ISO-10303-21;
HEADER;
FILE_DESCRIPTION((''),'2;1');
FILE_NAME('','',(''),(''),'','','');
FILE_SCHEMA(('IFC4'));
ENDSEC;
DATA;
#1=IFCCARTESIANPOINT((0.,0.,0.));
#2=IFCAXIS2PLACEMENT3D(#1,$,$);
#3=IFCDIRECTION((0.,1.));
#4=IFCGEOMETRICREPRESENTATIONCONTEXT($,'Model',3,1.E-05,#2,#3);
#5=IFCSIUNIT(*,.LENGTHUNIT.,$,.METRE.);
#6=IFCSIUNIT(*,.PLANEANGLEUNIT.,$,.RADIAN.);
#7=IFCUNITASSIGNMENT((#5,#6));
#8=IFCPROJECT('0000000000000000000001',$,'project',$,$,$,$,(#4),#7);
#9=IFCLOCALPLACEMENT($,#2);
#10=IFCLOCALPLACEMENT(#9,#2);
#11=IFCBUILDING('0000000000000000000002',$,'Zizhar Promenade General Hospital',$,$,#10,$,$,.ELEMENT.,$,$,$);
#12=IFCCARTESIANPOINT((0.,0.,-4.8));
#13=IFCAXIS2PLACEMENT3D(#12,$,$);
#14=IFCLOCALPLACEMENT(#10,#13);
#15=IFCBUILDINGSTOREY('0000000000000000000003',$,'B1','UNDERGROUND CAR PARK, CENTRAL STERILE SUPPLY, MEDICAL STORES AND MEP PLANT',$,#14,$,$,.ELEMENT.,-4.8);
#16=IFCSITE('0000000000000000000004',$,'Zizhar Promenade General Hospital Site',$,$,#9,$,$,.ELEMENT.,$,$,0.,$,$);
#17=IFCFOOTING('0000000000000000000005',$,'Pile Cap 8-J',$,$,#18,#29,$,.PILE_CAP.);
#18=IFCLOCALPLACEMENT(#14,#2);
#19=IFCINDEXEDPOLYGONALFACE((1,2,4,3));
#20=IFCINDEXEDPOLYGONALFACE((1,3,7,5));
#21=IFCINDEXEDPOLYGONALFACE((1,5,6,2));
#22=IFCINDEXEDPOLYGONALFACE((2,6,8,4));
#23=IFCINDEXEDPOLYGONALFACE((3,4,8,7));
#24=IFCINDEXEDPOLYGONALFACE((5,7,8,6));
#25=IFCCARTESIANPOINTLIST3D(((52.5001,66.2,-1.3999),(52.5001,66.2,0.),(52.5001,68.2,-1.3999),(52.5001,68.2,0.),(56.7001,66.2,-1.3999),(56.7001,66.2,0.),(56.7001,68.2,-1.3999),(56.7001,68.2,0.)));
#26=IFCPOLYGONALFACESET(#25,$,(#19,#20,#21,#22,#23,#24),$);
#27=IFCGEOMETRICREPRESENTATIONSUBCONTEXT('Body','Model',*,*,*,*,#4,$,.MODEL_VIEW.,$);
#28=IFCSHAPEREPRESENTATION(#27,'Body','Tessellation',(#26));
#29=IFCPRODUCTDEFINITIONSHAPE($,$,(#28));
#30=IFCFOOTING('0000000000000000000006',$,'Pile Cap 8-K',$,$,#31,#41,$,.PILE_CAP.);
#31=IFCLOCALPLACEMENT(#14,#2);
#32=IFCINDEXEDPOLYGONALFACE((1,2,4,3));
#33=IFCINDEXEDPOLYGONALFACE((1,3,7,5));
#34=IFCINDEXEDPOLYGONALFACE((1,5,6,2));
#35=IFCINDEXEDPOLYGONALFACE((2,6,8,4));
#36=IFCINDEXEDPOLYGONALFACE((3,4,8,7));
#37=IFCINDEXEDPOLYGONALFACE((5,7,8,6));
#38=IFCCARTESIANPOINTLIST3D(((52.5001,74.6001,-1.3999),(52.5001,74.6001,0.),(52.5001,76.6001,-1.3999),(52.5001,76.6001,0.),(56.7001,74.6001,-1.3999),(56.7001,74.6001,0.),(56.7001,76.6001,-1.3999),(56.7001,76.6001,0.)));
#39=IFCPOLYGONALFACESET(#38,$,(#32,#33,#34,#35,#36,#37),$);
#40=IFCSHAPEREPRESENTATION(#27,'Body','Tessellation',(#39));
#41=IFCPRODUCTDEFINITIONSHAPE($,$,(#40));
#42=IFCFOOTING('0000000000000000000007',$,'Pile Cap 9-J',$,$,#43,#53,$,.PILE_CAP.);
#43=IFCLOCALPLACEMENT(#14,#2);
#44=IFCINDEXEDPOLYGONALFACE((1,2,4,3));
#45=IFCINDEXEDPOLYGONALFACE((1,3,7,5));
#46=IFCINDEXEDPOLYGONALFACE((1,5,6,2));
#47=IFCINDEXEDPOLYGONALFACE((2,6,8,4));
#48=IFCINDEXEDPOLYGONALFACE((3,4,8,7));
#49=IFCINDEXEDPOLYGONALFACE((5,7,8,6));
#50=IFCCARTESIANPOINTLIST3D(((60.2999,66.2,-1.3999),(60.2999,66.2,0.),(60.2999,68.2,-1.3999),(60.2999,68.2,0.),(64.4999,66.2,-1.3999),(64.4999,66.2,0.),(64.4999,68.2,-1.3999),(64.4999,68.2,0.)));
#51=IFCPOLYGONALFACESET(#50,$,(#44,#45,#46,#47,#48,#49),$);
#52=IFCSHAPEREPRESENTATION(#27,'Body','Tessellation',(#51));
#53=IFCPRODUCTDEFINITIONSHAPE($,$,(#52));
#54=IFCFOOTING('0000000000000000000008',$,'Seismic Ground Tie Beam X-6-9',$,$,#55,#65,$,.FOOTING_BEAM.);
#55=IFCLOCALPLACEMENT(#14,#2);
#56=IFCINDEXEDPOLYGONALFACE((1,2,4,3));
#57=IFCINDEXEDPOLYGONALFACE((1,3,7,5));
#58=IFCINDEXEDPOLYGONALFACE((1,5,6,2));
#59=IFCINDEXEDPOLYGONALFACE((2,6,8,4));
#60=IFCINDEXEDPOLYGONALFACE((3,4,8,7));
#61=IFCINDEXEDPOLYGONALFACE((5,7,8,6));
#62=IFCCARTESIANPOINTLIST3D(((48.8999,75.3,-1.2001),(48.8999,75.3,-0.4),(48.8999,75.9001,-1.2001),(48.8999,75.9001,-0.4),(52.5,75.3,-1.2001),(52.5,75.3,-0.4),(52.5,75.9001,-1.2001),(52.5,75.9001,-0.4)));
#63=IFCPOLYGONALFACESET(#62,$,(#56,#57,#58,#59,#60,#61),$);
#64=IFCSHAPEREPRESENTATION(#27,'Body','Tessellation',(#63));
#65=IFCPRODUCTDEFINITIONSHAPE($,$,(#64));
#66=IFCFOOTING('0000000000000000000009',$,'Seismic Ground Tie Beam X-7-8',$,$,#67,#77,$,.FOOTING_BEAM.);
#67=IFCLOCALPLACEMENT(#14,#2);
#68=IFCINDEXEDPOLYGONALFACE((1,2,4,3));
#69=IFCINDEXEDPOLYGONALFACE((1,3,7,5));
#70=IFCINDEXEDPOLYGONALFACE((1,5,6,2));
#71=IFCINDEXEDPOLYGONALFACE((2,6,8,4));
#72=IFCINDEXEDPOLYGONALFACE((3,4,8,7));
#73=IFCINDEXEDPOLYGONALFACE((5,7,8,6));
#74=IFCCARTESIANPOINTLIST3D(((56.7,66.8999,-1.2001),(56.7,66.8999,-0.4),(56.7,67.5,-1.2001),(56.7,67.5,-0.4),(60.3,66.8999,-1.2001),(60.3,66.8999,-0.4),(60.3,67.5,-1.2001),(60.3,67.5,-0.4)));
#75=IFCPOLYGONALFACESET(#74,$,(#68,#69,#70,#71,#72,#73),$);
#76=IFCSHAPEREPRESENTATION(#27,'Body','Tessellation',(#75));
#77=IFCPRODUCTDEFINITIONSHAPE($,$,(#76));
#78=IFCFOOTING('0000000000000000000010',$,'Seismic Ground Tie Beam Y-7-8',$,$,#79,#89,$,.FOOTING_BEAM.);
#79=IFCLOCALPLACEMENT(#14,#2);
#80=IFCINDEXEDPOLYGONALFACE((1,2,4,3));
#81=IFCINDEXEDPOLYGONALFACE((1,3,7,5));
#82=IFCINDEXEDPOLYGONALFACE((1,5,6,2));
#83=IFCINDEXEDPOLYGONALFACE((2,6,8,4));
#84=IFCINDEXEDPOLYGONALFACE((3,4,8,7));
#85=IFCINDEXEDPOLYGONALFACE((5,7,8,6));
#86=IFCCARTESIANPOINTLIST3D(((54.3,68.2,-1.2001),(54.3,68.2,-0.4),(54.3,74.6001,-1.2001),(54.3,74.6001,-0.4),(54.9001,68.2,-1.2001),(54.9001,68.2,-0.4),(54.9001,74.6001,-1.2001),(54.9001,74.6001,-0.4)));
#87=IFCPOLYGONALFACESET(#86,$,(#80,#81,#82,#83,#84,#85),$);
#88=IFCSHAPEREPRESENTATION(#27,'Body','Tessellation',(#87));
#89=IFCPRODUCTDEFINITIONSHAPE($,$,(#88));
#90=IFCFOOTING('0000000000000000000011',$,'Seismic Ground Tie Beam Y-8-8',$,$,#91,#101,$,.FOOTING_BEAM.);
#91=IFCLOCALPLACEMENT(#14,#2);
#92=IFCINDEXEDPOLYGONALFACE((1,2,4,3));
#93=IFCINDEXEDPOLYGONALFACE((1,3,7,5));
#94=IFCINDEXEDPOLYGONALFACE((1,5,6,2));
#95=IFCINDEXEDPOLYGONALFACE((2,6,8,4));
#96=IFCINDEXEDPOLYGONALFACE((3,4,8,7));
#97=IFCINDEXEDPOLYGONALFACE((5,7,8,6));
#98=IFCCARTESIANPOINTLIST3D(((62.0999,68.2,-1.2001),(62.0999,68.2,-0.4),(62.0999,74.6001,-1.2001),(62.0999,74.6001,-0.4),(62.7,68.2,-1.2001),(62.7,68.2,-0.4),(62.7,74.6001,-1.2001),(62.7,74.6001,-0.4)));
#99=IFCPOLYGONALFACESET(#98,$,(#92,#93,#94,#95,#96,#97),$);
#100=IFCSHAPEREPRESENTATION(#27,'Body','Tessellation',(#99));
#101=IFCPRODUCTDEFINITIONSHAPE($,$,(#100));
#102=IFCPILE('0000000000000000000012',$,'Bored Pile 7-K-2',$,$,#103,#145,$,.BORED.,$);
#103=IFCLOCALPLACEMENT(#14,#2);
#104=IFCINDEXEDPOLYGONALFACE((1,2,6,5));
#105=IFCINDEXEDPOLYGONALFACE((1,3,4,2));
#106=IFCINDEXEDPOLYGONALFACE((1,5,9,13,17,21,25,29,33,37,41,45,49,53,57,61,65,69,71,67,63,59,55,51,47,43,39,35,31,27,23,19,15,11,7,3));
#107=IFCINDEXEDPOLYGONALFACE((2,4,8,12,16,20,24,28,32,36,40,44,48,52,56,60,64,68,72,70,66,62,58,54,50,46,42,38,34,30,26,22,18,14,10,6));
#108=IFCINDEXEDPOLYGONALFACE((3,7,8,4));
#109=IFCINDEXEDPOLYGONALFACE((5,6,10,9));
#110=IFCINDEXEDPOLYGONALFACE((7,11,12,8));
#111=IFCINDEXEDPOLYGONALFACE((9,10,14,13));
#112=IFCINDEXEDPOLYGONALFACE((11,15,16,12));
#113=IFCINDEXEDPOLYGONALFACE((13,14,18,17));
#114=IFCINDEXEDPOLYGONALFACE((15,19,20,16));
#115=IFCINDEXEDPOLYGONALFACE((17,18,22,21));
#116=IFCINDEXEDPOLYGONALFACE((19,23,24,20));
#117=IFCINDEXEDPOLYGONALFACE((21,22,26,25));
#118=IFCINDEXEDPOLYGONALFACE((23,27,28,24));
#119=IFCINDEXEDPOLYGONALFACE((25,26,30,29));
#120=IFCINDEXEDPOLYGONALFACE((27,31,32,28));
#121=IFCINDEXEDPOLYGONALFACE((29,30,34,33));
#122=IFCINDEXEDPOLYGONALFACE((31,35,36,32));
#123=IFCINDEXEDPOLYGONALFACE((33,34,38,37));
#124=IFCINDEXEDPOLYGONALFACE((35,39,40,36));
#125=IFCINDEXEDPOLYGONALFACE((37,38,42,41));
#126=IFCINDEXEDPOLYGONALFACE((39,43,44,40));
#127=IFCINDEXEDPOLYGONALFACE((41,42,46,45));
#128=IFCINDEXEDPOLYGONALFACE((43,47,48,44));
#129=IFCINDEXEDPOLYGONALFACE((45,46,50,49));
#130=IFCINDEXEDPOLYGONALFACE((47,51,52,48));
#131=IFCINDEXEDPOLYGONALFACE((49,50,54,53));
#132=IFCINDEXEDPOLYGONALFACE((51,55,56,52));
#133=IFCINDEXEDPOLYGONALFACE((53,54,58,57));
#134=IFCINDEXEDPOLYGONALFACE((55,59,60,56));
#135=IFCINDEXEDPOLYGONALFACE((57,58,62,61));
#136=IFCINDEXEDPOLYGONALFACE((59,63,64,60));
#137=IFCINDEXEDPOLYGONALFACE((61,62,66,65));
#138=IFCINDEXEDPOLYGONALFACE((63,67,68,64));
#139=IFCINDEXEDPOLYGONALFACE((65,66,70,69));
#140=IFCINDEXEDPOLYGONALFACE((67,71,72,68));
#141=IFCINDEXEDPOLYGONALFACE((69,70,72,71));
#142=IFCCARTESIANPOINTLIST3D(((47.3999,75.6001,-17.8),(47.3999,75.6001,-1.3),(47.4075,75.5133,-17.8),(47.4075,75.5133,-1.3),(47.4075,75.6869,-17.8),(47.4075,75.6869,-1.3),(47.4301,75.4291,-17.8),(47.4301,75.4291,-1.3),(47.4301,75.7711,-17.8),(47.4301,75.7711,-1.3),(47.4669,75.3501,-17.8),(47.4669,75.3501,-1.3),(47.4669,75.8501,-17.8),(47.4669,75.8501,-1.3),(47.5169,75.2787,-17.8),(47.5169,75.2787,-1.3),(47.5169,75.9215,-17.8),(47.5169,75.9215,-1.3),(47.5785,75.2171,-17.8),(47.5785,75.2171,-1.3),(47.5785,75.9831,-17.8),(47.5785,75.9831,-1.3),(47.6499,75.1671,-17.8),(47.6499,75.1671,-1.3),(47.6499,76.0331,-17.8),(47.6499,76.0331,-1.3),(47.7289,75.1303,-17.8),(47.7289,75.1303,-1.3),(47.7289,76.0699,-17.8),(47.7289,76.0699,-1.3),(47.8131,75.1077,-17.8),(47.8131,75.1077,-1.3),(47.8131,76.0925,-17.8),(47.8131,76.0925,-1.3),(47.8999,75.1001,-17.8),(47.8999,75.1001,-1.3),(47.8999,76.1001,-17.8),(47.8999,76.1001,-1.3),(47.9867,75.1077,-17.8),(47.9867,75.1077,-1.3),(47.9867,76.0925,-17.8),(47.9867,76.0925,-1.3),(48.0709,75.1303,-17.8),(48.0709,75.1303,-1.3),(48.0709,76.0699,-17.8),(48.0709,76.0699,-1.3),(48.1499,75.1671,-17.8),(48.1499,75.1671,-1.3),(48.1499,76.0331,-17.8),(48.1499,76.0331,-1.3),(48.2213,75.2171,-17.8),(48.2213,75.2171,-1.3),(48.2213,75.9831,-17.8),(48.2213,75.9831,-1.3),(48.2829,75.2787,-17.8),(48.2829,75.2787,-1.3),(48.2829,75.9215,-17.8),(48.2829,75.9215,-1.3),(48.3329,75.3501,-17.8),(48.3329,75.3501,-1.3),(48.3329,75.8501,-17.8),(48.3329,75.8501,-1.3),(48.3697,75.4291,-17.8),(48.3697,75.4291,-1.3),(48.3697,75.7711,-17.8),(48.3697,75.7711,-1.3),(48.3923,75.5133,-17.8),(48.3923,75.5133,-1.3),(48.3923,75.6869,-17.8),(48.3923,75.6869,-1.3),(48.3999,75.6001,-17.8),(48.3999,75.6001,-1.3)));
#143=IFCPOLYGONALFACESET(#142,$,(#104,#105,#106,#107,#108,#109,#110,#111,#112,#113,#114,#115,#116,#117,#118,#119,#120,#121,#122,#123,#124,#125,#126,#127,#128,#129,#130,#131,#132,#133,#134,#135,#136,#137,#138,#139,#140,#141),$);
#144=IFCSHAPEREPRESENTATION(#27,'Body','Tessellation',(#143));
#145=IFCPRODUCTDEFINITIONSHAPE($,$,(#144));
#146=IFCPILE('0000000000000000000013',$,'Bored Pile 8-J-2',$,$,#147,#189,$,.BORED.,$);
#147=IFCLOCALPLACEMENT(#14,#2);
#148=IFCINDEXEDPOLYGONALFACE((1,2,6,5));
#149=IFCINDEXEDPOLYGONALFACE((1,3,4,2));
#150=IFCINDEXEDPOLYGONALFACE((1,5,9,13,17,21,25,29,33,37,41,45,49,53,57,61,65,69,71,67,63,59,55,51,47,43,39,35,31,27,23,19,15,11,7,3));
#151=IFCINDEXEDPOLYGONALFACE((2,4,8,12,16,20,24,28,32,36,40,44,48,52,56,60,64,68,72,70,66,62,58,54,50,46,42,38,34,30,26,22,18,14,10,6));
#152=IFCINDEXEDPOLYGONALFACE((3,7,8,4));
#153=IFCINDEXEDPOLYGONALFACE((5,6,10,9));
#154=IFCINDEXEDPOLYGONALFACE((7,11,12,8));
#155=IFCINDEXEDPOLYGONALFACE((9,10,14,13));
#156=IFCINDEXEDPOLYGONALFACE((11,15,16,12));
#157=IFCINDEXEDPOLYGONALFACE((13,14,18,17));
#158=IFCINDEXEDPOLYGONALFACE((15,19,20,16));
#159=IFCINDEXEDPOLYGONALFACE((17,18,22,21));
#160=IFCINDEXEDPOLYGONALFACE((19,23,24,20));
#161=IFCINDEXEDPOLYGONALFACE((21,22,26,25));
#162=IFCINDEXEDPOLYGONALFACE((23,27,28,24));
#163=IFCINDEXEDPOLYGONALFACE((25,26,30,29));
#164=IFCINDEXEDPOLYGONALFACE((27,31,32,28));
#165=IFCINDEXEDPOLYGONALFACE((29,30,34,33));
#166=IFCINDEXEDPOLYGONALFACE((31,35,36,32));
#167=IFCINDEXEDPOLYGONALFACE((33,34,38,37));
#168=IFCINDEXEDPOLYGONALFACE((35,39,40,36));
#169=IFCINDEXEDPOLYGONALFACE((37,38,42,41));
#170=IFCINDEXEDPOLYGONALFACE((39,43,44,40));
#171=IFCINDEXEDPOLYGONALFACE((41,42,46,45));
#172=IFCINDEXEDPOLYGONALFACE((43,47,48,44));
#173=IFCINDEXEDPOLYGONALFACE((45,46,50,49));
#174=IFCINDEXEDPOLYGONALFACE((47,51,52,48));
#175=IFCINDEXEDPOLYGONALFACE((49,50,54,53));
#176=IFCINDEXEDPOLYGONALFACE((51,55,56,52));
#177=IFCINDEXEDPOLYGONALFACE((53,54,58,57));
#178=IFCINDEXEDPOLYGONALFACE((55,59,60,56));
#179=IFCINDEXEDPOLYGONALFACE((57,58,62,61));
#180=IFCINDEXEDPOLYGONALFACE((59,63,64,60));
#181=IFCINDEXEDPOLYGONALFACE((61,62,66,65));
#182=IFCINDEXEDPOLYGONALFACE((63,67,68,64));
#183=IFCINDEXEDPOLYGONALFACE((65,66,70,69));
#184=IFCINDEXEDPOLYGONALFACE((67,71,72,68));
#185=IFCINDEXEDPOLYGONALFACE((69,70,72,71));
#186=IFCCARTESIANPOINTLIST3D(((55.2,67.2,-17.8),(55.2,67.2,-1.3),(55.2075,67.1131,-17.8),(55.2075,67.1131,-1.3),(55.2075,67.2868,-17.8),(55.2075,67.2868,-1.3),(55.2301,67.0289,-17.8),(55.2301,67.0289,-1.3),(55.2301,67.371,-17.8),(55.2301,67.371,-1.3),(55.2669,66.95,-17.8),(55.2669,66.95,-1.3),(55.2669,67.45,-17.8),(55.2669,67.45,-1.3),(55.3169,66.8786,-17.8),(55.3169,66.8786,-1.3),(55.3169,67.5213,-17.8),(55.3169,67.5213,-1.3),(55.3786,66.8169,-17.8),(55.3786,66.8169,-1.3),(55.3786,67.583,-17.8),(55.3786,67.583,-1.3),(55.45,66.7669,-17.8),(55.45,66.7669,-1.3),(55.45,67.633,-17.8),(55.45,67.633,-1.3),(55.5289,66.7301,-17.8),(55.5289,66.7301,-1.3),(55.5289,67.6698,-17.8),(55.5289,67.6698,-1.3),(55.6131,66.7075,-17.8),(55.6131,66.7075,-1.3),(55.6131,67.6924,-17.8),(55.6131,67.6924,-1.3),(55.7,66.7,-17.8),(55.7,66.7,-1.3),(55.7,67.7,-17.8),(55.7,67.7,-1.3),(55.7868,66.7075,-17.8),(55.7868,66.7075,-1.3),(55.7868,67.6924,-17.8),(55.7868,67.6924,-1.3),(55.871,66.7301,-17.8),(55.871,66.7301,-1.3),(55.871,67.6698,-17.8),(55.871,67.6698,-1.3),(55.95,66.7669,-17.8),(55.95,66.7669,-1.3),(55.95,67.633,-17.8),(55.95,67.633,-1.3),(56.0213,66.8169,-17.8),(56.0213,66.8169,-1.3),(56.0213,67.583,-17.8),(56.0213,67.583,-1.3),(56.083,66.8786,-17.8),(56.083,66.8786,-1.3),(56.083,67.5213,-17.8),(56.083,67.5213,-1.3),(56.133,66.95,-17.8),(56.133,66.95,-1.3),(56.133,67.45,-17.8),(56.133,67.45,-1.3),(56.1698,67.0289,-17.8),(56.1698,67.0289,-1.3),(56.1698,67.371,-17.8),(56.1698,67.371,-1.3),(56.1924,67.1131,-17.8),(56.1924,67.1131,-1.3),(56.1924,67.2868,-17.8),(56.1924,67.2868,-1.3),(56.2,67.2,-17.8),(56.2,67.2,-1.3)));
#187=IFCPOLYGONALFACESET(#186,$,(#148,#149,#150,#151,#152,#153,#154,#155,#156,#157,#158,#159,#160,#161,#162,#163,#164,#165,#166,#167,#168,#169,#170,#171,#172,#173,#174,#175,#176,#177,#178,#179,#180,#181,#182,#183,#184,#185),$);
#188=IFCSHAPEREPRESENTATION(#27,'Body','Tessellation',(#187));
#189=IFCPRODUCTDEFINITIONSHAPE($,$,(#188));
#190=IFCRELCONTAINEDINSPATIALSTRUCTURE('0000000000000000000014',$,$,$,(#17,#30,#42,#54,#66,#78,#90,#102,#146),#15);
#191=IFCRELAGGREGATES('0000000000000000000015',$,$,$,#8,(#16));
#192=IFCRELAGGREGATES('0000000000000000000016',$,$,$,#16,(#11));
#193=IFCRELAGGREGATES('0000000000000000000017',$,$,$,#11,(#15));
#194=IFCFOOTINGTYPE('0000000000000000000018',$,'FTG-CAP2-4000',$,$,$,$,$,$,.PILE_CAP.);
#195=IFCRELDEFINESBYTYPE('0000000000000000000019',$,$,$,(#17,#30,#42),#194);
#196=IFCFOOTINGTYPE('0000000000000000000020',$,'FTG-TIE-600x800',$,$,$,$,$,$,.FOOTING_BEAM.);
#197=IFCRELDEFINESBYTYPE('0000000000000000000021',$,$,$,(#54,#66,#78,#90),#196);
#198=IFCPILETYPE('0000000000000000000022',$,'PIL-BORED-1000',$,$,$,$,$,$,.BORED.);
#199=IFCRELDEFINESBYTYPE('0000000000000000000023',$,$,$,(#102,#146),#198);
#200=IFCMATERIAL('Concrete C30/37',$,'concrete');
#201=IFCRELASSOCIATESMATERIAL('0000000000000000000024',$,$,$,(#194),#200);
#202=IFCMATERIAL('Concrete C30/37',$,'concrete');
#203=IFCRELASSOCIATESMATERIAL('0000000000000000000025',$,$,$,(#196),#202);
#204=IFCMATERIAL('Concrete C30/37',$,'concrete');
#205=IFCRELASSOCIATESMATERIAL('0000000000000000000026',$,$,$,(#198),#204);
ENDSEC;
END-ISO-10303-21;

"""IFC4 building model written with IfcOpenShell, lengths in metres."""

from ifc_helpers import new_model, si_unit, direction, frame, origin, origin_2d, place, context, subcontext, project, spatial, rectangle, circle, extrude, material, material_profile, profile_set, type_object, element, save


model = new_model("IFC4")

# Units and contexts
model_context = context("Model", 3, precision=1e-05, world=origin(), true_north=direction((0.0, 1.0)))
body_context = subcontext(model_context, "Body", "Model", "MODEL_VIEW")
ifc_project = project(units=[si_unit("LENGTHUNIT", "METRE"), si_unit("PLANEANGLEUNIT", "RADIAN")], contexts=[model_context])

# Site, building, storey
site_placement = place(None, origin())
site = spatial("IfcSite", under=ifc_project, at=site_placement, Name="Zizhar Promenade General Hospital Site", CompositionType="ELEMENT", RefElevation=0.0)
building_placement = place(site_placement, origin())
building = spatial("IfcBuilding", under=site, at=building_placement, Name="Zizhar Promenade General Hospital", CompositionType="ELEMENT")
storey_placement = place(building_placement, frame((0.0, 0.0, -4.8)))
storey = spatial("IfcBuildingStorey", under=building, at=storey_placement, Name="B1", Description="UNDERGROUND CAR PARK, CENTRAL STERILE SUPPLY, MEDICAL STORES AND MEP PLANT", CompositionType="ELEMENT", Elevation=-4.8)

# Footings
ifc_material_1 = material(Name="Concrete C30/37", Category="concrete")
footing_type_1 = type_object("IfcFootingType", Name="FTG-CAP2-4000", PredefinedType="PILE_CAP", material=ifc_material_1)
for number, where, z_axis, x_axis, name in (
    (1, (54.6001, 67.2, -1.3999), (0.0, 0.0, 1.0), (1.0, 0.0, 0.0), "Pile Cap 8-J"),
    (2, (54.6001, 75.6001, -1.3999), (0.0, 0.0, 1.0), (1.0, 0.0, 0.0), "Pile Cap 8-K"),
    (3, (62.3999, 67.2, -1.3999), (0.0, 0.0, 1.0), (1.0, 0.0, 0.0), "Pile Cap 9-J"),
):
    element("IfcFooting", number, at=place(storey_placement, frame(where, z_axis=z_axis, x_axis=x_axis)), inside=storey, type_object=footing_type_1, Name=name, PredefinedType="PILE_CAP", context=body_context, shape_type="SweptSolid", body=[
        extrude(rectangle(XDim=4.2, YDim=2.0, at=origin_2d()), origin(), (0.0, 0.0, 1.0), 1.3999),
    ])
ifc_material_2 = material(Name="Concrete C30/37", Category="concrete")
ifc_material_profile_1 = material_profile(ifc_material_2, rectangle(XDim=0.6001, YDim=0.8, at=origin_2d()))
ifc_profile_set_1 = profile_set([ifc_material_profile_1], Name="Concrete C30/37")
footing_type_2 = type_object("IfcFootingType", Name="FTG-TIE-600x800", PredefinedType="FOOTING_BEAM", material=ifc_profile_set_1)
for number, where, z_axis, x_axis, name in (
    (4, (48.8999, 75.6001, -0.8), (1.0, 0.0, 0.0), (0.0, 1.0, 0.0), "Seismic Ground Tie Beam X-6-9"),
    (5, (56.7, 67.2, -0.8), (1.0, 0.0, 0.0), (0.0, 1.0, 0.0), "Seismic Ground Tie Beam X-7-8"),
):
    element("IfcFooting", number, at=place(storey_placement, frame(where, z_axis=z_axis, x_axis=x_axis)), inside=storey, type_object=footing_type_2, Name=name, PredefinedType="FOOTING_BEAM", context=body_context, shape_type="SweptSolid", body=[
        extrude(rectangle(XDim=0.6001, YDim=0.8, at=origin_2d()), origin(), (0.0, 0.0, 1.0), 3.6001),
    ])
for number, where, z_axis, x_axis, name in (
    (6, (54.6001, 68.2, -0.8), (0.0, 1.0, 0.0), (-1.0, 0.0, 0.0), "Seismic Ground Tie Beam Y-7-8"),
    (7, (62.3999, 68.2, -0.8), (0.0, 1.0, 0.0), (-1.0, 0.0, 0.0), "Seismic Ground Tie Beam Y-8-8"),
):
    element("IfcFooting", number, at=place(storey_placement, frame(where, z_axis=z_axis, x_axis=x_axis)), inside=storey, type_object=footing_type_2, Name=name, PredefinedType="FOOTING_BEAM", context=body_context, shape_type="SweptSolid", body=[
        extrude(rectangle(XDim=0.6001, YDim=0.8, at=origin_2d()), origin(), (0.0, 0.0, 1.0), 6.4001),
    ])

# Piles
ifc_material_3 = material(Name="Concrete C30/37", Category="concrete")
ifc_material_profile_2 = material_profile(ifc_material_3, circle(Radius=0.5, at=origin_2d()))
ifc_profile_set_2 = profile_set([ifc_material_profile_2], Name="Concrete C30/37")
pile_type = type_object("IfcPileType", Name="PIL-BORED-1000", PredefinedType="BORED", material=ifc_profile_set_2)
for number, where, z_axis, x_axis, name in (
    (8, (47.8999, 75.6001, -1.3), (0.0, 0.0, -1.0), (1.0, 0.0, 0.0), "Bored Pile 7-K-2"),
    (9, (55.7, 67.2, -1.3), (0.0, 0.0, -1.0), (1.0, 0.0, 0.0), "Bored Pile 8-J-2"),
):
    element("IfcPile", number, at=place(storey_placement, frame(where, z_axis=z_axis, x_axis=x_axis)), inside=storey, type_object=pile_type, Name=name, PredefinedType="BORED", context=body_context, shape_type="SweptSolid", body=[
        extrude(circle(Radius=0.5, at=origin_2d()), origin(), (0.0, 0.0, 1.0), 16.5),
    ])

save(model, "model.ifc")
